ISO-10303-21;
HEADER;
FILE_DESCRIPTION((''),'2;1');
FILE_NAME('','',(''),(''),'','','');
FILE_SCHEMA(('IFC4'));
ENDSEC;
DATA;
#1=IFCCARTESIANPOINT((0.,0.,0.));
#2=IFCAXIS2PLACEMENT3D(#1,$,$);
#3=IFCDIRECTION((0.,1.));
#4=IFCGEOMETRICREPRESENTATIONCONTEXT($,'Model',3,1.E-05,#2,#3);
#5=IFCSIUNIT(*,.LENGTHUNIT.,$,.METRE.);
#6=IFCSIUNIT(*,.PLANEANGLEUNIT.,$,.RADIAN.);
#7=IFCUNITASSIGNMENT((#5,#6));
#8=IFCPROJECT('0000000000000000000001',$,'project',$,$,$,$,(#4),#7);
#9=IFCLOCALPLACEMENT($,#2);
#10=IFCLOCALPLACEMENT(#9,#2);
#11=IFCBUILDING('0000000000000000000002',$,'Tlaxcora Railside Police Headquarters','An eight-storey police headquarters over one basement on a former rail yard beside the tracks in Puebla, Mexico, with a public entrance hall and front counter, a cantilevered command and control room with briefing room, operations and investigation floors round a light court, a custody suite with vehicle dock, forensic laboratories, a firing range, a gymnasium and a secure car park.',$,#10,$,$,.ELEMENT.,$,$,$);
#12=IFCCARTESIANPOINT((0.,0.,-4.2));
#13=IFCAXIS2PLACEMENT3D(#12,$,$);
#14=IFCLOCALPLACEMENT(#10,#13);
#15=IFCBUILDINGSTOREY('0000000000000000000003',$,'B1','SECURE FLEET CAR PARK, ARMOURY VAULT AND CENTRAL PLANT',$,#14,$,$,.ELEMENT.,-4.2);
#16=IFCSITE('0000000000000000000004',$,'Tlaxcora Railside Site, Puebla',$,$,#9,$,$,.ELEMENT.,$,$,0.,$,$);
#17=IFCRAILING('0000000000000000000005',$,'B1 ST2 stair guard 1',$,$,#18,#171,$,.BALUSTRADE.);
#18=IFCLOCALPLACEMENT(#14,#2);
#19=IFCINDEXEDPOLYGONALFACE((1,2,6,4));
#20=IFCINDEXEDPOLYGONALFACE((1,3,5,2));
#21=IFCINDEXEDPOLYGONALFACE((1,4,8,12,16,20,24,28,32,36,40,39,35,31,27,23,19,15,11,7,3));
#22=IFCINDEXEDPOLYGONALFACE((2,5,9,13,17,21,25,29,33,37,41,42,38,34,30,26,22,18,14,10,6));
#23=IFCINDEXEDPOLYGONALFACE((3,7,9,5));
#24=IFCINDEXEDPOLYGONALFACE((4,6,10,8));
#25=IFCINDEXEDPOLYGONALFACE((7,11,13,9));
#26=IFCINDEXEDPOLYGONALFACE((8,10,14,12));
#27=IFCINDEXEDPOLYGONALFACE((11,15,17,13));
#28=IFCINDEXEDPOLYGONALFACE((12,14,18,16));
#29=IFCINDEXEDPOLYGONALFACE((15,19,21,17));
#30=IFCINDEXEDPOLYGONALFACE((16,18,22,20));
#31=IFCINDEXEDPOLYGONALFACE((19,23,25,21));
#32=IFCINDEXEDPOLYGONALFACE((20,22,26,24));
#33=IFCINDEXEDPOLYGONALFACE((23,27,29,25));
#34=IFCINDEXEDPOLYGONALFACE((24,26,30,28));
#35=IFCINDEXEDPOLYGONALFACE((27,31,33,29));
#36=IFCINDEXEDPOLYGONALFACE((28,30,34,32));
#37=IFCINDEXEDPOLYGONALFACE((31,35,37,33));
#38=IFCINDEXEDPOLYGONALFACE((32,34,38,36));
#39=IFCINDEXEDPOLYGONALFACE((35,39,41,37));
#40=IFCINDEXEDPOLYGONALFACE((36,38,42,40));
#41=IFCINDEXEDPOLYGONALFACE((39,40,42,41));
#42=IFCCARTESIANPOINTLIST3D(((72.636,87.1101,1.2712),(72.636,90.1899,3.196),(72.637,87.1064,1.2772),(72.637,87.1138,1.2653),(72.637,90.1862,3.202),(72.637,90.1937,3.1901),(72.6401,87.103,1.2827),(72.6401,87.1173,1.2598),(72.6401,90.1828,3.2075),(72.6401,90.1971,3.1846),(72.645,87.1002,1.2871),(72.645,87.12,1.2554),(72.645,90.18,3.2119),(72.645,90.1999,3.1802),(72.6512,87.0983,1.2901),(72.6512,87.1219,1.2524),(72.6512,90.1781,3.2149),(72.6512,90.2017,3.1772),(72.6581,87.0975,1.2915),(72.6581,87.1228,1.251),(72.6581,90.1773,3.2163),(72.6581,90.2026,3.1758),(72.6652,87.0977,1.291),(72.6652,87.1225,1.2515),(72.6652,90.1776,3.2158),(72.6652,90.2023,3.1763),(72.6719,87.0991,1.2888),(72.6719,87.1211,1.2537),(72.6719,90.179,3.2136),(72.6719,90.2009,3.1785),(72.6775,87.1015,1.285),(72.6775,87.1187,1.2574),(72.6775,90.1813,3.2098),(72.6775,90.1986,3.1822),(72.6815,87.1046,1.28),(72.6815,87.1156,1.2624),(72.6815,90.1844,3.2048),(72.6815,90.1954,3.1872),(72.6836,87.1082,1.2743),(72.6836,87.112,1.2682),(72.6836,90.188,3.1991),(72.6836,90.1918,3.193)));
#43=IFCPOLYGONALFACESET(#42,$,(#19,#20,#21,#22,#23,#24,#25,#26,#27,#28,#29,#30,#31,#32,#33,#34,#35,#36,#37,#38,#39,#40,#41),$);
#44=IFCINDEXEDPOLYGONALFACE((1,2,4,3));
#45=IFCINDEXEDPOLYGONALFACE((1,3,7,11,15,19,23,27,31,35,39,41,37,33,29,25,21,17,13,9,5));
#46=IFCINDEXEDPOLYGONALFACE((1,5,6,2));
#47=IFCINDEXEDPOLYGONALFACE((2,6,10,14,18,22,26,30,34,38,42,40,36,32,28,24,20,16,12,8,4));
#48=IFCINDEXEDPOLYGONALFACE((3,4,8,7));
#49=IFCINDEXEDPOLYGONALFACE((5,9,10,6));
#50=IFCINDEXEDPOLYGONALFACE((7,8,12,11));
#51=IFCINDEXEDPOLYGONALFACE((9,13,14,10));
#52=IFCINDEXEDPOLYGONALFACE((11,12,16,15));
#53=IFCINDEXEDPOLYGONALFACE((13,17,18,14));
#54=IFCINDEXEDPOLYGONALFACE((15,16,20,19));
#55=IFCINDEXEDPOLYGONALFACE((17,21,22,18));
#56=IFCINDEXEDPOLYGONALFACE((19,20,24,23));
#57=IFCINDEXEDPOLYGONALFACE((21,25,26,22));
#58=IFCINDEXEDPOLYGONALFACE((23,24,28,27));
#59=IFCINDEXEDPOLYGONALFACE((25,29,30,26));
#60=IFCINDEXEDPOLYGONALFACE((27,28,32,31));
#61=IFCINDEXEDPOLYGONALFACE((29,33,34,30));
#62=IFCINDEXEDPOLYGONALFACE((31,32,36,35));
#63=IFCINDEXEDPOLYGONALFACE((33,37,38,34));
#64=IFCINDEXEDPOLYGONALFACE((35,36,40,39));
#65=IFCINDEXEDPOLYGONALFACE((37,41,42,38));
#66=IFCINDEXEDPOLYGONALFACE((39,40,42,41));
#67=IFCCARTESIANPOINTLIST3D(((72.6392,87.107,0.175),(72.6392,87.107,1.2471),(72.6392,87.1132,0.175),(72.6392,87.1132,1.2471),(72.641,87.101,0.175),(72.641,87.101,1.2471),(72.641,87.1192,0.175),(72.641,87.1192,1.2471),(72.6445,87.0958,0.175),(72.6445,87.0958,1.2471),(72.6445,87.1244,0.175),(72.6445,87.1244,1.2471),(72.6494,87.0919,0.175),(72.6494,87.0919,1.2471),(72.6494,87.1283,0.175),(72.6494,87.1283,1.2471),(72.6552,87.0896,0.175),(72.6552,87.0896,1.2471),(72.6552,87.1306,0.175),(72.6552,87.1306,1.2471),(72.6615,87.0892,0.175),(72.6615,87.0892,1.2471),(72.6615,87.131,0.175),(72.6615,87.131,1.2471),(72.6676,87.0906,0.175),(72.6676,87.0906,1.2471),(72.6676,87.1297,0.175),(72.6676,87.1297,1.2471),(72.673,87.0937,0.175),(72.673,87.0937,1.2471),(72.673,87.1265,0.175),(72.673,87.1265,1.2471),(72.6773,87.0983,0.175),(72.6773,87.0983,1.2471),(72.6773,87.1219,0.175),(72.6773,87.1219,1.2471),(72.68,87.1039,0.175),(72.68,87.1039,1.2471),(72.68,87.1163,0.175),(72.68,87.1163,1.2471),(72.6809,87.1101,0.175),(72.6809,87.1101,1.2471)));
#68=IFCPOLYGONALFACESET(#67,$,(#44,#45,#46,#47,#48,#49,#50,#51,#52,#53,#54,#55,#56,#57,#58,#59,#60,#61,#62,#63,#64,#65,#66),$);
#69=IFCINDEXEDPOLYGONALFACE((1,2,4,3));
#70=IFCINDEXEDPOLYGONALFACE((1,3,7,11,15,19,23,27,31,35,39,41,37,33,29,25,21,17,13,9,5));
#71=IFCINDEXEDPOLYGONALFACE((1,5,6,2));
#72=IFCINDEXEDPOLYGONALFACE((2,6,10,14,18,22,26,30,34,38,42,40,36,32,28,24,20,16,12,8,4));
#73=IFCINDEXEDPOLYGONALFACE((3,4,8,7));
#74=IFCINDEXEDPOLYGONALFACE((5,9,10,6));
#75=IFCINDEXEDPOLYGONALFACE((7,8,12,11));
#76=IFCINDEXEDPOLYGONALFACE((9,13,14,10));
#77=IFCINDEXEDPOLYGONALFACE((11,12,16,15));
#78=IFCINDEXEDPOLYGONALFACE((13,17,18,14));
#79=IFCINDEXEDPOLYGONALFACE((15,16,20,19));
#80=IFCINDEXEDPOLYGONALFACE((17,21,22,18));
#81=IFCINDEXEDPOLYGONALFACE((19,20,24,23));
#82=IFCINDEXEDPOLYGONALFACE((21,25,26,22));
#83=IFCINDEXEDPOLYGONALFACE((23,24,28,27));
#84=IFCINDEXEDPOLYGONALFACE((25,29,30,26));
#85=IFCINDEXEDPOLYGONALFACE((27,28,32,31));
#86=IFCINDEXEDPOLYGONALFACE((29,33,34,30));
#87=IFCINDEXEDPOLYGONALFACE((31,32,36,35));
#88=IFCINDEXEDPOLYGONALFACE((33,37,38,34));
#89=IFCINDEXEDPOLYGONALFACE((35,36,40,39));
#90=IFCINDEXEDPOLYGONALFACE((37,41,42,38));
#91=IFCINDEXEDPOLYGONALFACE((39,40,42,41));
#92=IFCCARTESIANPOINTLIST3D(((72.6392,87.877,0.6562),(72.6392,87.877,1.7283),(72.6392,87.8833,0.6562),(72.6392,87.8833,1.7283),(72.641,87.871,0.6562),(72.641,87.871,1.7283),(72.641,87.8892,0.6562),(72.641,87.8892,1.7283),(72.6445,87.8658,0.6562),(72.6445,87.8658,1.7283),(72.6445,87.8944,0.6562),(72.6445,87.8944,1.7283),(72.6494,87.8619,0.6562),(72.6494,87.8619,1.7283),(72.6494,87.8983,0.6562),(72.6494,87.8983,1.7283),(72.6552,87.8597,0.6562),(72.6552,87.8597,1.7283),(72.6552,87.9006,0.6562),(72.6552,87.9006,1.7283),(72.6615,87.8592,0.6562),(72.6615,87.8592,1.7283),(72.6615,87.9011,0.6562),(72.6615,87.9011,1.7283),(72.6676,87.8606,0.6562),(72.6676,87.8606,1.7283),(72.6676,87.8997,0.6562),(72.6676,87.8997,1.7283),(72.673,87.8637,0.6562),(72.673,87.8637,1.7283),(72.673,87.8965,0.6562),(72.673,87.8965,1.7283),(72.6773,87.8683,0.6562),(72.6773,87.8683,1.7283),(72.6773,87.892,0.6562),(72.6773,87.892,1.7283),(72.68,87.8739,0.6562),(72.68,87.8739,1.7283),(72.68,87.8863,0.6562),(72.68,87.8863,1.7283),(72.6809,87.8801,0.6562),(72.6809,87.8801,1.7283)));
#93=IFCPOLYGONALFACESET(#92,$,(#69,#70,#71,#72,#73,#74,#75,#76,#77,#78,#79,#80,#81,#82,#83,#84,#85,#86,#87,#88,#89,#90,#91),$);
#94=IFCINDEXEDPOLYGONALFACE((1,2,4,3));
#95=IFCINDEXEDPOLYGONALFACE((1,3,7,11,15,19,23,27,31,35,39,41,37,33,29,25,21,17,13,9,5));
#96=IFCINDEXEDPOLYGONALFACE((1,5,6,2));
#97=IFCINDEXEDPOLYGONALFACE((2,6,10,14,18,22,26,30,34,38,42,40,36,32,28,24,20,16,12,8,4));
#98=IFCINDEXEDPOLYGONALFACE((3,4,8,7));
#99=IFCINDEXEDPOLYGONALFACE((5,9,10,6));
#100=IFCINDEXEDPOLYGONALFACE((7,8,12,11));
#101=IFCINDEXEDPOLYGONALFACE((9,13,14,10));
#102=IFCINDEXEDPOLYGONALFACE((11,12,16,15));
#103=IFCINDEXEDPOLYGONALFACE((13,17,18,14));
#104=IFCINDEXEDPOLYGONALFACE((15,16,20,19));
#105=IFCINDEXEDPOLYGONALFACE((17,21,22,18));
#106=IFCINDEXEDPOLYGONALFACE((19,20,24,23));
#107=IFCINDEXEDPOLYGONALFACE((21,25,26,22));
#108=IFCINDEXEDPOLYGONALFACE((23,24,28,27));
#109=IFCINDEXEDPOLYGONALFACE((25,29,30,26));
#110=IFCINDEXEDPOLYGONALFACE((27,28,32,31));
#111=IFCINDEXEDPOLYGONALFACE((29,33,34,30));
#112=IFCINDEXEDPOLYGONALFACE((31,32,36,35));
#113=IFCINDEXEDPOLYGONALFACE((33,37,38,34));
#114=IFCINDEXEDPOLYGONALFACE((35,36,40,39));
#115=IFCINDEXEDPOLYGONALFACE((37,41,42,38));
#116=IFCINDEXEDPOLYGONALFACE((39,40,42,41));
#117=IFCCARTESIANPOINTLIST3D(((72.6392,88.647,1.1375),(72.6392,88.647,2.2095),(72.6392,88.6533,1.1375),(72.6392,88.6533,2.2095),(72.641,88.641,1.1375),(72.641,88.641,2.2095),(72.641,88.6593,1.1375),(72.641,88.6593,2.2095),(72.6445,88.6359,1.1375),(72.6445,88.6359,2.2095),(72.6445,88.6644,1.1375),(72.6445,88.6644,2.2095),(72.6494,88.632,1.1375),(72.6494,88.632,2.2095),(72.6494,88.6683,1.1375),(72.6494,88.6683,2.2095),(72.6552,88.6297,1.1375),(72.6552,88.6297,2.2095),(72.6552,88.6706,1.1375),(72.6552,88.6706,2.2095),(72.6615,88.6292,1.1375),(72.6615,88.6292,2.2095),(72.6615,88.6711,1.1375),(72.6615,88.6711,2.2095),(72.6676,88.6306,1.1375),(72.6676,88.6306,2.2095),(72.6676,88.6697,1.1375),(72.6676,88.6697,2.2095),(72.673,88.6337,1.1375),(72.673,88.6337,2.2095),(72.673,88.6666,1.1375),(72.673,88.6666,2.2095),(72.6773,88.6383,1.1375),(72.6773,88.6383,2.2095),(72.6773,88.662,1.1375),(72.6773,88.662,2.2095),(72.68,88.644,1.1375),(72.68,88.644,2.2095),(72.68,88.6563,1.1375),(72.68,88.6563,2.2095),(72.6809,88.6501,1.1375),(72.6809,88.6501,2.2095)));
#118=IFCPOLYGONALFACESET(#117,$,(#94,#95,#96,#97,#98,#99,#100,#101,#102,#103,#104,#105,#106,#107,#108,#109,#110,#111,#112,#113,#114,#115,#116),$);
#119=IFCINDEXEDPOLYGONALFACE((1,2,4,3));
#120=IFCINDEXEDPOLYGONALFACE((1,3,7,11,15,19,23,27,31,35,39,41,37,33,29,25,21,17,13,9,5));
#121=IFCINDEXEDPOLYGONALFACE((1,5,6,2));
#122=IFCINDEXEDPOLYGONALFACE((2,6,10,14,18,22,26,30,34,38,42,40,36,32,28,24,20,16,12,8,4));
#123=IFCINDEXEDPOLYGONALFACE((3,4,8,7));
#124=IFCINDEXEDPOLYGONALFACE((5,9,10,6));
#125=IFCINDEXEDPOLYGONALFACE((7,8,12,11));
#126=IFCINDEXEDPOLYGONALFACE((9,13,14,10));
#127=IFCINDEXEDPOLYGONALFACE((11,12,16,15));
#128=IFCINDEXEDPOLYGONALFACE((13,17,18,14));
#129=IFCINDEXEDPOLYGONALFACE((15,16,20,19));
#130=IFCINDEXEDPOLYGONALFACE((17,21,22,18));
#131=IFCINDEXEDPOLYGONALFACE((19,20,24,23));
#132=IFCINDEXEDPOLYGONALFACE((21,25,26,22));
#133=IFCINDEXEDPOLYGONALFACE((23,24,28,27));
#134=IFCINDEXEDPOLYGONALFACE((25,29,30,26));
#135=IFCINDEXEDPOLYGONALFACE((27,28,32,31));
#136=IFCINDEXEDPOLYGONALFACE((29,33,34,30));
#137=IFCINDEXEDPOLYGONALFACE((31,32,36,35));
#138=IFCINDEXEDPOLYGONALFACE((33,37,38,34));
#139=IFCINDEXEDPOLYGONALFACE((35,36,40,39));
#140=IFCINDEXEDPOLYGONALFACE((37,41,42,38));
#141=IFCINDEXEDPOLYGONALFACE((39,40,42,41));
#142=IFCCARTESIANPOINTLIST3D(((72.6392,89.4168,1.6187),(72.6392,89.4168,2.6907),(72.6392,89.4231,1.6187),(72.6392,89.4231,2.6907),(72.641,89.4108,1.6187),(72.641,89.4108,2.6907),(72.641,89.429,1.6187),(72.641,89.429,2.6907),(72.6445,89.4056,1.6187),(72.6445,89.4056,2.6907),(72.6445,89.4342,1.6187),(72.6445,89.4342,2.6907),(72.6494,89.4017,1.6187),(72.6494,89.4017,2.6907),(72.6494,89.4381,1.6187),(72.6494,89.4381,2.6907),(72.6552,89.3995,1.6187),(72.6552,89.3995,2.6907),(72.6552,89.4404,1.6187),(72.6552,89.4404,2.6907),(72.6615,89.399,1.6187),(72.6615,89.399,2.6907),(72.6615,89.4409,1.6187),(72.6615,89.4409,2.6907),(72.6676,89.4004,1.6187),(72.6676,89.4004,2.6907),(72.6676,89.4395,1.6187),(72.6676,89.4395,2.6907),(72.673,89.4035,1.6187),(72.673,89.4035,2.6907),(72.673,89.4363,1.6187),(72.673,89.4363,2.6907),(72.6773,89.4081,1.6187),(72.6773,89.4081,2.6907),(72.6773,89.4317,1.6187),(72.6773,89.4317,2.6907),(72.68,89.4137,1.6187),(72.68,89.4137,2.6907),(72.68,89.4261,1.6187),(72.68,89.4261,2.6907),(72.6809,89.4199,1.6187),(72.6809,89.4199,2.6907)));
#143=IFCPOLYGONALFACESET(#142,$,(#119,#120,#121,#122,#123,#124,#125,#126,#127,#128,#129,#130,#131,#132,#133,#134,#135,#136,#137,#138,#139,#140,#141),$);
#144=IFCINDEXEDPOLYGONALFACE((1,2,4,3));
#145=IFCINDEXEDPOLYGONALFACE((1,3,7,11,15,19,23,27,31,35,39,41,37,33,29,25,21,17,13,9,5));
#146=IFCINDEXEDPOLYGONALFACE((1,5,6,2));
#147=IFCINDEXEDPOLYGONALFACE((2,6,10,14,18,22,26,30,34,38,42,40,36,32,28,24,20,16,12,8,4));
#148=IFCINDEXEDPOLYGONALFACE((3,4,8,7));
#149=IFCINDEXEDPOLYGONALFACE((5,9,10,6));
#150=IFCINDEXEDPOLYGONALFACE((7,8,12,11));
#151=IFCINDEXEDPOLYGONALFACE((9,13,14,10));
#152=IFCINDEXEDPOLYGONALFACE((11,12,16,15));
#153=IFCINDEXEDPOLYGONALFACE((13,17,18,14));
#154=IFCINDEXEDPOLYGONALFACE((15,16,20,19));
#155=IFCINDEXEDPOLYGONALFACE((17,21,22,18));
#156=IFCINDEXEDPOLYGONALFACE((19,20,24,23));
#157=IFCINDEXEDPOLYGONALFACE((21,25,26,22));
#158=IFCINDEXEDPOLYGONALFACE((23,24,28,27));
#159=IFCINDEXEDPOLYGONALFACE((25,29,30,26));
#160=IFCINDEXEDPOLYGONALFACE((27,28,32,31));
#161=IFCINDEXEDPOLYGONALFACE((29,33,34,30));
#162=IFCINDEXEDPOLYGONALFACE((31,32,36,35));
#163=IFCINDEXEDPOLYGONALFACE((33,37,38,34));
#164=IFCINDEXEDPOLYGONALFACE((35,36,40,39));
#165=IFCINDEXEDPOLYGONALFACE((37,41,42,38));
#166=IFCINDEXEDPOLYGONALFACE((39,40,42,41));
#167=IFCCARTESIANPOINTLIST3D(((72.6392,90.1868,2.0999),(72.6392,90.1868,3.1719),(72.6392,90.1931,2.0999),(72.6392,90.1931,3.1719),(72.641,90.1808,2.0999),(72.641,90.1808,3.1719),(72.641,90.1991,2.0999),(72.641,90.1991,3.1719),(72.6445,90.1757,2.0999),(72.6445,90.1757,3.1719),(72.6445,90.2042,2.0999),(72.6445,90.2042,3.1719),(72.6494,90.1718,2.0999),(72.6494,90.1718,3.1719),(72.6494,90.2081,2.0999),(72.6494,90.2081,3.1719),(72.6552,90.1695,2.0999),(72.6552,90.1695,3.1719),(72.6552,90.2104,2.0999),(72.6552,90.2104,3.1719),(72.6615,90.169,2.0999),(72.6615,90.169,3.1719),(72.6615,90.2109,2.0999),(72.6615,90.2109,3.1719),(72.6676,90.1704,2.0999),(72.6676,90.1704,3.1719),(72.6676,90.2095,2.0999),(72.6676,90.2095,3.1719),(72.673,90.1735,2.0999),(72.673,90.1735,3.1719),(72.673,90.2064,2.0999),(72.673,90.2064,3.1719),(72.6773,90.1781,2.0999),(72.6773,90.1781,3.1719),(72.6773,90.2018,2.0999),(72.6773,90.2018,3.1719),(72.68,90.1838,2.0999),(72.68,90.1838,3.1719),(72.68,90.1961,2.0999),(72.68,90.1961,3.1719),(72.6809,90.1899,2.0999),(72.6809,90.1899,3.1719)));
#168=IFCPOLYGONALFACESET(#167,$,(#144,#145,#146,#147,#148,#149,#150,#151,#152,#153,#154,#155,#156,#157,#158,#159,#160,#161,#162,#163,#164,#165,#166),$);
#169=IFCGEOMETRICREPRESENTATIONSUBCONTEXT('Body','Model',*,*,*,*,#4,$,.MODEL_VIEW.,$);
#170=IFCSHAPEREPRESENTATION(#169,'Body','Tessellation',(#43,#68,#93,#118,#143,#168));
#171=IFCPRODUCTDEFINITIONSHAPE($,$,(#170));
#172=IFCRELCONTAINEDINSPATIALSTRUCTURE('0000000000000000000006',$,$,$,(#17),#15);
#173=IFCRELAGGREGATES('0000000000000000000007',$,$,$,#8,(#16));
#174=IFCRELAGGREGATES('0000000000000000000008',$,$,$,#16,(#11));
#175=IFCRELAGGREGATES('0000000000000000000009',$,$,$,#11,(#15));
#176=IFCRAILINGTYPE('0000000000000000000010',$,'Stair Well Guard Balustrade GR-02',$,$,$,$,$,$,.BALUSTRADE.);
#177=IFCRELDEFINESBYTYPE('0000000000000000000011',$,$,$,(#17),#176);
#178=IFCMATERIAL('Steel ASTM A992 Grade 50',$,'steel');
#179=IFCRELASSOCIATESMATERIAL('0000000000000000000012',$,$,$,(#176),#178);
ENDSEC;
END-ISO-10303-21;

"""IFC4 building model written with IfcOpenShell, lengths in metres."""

from ifc_helpers import new_model, si_unit, direction, frame, origin, origin_2d, place, context, subcontext, project, spatial, circle, extrude, material, type_object, element, save


model = new_model("IFC4")

# Units and contexts
model_context = context("Model", 3, precision=1e-05, world=origin(), true_north=direction((0.0, 1.0)))
body_context = subcontext(model_context, "Body", "Model", "MODEL_VIEW")
ifc_project = project(units=[si_unit("LENGTHUNIT", "METRE"), si_unit("PLANEANGLEUNIT", "RADIAN")], contexts=[model_context])

# Site, building, storey
site_placement = place(None, origin())
site = spatial("IfcSite", under=ifc_project, at=site_placement, Name="Tlaxcora Railside Site, Puebla", CompositionType="ELEMENT", RefElevation=0.0)
building_placement = place(site_placement, origin())
building = spatial("IfcBuilding", under=site, at=building_placement, Name="Tlaxcora Railside Police Headquarters", Description="An eight-storey police headquarters over one basement on a former rail yard beside the tracks in Puebla, Mexico, with a public entrance hall and front counter, a cantilevered command and control room with briefing room, operations and investigation floors round a light court, a custody suite with vehicle dock, forensic laboratories, a firing range, a gymnasium and a secure car park.", CompositionType="ELEMENT")
storey_placement = place(building_placement, frame((0.0, 0.0, -4.2)))
storey = spatial("IfcBuildingStorey", under=building, at=storey_placement, Name="B1", Description="SECURE FLEET CAR PARK, ARMOURY VAULT AND CENTRAL PLANT", CompositionType="ELEMENT", Elevation=-4.2)

# Shared definitions
ifc_material_1 = material(Name="Steel ASTM A992 Grade 50", Category="steel")

# Railing
railing_type_1 = type_object("IfcRailingType", Name="Stair Well Guard Balustrade GR-02", PredefinedType="BALUSTRADE", material=ifc_material_1)
railing_1_placement = place(storey_placement, frame((72.6599, 87.1101, 0.175)))
element("IfcRailing", 1, at=railing_1_placement, inside=storey, type_object=railing_type_1, Name="B1 ST2 stair guard 1", PredefinedType="BALUSTRADE", context=body_context, shape_type="SweptSolid", body=[
    extrude(circle(Radius=0.0239, at=origin_2d()), frame((0.0, 0.0, 1.0962), z_axis=(0.0, 0.84801, 0.529981), x_axis=(-1.0, 0.0, 0.0)), (0.0, 0.0, 1.0), 3.6318),
    extrude(circle(Radius=0.021, at=origin_2d()), origin(), (0.0, 0.0, 1.0), 1.072),
    extrude(circle(Radius=0.021, at=origin_2d()), frame((0.0, 0.77, 0.4812)), (0.0, 0.0, 1.0), 1.072),
    extrude(circle(Radius=0.021, at=origin_2d()), frame((0.0, 1.54, 0.9624)), (0.0, 0.0, 1.0), 1.072),
    extrude(circle(Radius=0.021, at=origin_2d()), frame((0.0, 2.3098, 1.4436)), (0.0, 0.0, 1.0), 1.072),
    extrude(circle(Radius=0.021, at=origin_2d()), frame((0.0, 3.0798, 1.9248)), (0.0, 0.0, 1.0), 1.072),
])

save(model, "model.ifc")
